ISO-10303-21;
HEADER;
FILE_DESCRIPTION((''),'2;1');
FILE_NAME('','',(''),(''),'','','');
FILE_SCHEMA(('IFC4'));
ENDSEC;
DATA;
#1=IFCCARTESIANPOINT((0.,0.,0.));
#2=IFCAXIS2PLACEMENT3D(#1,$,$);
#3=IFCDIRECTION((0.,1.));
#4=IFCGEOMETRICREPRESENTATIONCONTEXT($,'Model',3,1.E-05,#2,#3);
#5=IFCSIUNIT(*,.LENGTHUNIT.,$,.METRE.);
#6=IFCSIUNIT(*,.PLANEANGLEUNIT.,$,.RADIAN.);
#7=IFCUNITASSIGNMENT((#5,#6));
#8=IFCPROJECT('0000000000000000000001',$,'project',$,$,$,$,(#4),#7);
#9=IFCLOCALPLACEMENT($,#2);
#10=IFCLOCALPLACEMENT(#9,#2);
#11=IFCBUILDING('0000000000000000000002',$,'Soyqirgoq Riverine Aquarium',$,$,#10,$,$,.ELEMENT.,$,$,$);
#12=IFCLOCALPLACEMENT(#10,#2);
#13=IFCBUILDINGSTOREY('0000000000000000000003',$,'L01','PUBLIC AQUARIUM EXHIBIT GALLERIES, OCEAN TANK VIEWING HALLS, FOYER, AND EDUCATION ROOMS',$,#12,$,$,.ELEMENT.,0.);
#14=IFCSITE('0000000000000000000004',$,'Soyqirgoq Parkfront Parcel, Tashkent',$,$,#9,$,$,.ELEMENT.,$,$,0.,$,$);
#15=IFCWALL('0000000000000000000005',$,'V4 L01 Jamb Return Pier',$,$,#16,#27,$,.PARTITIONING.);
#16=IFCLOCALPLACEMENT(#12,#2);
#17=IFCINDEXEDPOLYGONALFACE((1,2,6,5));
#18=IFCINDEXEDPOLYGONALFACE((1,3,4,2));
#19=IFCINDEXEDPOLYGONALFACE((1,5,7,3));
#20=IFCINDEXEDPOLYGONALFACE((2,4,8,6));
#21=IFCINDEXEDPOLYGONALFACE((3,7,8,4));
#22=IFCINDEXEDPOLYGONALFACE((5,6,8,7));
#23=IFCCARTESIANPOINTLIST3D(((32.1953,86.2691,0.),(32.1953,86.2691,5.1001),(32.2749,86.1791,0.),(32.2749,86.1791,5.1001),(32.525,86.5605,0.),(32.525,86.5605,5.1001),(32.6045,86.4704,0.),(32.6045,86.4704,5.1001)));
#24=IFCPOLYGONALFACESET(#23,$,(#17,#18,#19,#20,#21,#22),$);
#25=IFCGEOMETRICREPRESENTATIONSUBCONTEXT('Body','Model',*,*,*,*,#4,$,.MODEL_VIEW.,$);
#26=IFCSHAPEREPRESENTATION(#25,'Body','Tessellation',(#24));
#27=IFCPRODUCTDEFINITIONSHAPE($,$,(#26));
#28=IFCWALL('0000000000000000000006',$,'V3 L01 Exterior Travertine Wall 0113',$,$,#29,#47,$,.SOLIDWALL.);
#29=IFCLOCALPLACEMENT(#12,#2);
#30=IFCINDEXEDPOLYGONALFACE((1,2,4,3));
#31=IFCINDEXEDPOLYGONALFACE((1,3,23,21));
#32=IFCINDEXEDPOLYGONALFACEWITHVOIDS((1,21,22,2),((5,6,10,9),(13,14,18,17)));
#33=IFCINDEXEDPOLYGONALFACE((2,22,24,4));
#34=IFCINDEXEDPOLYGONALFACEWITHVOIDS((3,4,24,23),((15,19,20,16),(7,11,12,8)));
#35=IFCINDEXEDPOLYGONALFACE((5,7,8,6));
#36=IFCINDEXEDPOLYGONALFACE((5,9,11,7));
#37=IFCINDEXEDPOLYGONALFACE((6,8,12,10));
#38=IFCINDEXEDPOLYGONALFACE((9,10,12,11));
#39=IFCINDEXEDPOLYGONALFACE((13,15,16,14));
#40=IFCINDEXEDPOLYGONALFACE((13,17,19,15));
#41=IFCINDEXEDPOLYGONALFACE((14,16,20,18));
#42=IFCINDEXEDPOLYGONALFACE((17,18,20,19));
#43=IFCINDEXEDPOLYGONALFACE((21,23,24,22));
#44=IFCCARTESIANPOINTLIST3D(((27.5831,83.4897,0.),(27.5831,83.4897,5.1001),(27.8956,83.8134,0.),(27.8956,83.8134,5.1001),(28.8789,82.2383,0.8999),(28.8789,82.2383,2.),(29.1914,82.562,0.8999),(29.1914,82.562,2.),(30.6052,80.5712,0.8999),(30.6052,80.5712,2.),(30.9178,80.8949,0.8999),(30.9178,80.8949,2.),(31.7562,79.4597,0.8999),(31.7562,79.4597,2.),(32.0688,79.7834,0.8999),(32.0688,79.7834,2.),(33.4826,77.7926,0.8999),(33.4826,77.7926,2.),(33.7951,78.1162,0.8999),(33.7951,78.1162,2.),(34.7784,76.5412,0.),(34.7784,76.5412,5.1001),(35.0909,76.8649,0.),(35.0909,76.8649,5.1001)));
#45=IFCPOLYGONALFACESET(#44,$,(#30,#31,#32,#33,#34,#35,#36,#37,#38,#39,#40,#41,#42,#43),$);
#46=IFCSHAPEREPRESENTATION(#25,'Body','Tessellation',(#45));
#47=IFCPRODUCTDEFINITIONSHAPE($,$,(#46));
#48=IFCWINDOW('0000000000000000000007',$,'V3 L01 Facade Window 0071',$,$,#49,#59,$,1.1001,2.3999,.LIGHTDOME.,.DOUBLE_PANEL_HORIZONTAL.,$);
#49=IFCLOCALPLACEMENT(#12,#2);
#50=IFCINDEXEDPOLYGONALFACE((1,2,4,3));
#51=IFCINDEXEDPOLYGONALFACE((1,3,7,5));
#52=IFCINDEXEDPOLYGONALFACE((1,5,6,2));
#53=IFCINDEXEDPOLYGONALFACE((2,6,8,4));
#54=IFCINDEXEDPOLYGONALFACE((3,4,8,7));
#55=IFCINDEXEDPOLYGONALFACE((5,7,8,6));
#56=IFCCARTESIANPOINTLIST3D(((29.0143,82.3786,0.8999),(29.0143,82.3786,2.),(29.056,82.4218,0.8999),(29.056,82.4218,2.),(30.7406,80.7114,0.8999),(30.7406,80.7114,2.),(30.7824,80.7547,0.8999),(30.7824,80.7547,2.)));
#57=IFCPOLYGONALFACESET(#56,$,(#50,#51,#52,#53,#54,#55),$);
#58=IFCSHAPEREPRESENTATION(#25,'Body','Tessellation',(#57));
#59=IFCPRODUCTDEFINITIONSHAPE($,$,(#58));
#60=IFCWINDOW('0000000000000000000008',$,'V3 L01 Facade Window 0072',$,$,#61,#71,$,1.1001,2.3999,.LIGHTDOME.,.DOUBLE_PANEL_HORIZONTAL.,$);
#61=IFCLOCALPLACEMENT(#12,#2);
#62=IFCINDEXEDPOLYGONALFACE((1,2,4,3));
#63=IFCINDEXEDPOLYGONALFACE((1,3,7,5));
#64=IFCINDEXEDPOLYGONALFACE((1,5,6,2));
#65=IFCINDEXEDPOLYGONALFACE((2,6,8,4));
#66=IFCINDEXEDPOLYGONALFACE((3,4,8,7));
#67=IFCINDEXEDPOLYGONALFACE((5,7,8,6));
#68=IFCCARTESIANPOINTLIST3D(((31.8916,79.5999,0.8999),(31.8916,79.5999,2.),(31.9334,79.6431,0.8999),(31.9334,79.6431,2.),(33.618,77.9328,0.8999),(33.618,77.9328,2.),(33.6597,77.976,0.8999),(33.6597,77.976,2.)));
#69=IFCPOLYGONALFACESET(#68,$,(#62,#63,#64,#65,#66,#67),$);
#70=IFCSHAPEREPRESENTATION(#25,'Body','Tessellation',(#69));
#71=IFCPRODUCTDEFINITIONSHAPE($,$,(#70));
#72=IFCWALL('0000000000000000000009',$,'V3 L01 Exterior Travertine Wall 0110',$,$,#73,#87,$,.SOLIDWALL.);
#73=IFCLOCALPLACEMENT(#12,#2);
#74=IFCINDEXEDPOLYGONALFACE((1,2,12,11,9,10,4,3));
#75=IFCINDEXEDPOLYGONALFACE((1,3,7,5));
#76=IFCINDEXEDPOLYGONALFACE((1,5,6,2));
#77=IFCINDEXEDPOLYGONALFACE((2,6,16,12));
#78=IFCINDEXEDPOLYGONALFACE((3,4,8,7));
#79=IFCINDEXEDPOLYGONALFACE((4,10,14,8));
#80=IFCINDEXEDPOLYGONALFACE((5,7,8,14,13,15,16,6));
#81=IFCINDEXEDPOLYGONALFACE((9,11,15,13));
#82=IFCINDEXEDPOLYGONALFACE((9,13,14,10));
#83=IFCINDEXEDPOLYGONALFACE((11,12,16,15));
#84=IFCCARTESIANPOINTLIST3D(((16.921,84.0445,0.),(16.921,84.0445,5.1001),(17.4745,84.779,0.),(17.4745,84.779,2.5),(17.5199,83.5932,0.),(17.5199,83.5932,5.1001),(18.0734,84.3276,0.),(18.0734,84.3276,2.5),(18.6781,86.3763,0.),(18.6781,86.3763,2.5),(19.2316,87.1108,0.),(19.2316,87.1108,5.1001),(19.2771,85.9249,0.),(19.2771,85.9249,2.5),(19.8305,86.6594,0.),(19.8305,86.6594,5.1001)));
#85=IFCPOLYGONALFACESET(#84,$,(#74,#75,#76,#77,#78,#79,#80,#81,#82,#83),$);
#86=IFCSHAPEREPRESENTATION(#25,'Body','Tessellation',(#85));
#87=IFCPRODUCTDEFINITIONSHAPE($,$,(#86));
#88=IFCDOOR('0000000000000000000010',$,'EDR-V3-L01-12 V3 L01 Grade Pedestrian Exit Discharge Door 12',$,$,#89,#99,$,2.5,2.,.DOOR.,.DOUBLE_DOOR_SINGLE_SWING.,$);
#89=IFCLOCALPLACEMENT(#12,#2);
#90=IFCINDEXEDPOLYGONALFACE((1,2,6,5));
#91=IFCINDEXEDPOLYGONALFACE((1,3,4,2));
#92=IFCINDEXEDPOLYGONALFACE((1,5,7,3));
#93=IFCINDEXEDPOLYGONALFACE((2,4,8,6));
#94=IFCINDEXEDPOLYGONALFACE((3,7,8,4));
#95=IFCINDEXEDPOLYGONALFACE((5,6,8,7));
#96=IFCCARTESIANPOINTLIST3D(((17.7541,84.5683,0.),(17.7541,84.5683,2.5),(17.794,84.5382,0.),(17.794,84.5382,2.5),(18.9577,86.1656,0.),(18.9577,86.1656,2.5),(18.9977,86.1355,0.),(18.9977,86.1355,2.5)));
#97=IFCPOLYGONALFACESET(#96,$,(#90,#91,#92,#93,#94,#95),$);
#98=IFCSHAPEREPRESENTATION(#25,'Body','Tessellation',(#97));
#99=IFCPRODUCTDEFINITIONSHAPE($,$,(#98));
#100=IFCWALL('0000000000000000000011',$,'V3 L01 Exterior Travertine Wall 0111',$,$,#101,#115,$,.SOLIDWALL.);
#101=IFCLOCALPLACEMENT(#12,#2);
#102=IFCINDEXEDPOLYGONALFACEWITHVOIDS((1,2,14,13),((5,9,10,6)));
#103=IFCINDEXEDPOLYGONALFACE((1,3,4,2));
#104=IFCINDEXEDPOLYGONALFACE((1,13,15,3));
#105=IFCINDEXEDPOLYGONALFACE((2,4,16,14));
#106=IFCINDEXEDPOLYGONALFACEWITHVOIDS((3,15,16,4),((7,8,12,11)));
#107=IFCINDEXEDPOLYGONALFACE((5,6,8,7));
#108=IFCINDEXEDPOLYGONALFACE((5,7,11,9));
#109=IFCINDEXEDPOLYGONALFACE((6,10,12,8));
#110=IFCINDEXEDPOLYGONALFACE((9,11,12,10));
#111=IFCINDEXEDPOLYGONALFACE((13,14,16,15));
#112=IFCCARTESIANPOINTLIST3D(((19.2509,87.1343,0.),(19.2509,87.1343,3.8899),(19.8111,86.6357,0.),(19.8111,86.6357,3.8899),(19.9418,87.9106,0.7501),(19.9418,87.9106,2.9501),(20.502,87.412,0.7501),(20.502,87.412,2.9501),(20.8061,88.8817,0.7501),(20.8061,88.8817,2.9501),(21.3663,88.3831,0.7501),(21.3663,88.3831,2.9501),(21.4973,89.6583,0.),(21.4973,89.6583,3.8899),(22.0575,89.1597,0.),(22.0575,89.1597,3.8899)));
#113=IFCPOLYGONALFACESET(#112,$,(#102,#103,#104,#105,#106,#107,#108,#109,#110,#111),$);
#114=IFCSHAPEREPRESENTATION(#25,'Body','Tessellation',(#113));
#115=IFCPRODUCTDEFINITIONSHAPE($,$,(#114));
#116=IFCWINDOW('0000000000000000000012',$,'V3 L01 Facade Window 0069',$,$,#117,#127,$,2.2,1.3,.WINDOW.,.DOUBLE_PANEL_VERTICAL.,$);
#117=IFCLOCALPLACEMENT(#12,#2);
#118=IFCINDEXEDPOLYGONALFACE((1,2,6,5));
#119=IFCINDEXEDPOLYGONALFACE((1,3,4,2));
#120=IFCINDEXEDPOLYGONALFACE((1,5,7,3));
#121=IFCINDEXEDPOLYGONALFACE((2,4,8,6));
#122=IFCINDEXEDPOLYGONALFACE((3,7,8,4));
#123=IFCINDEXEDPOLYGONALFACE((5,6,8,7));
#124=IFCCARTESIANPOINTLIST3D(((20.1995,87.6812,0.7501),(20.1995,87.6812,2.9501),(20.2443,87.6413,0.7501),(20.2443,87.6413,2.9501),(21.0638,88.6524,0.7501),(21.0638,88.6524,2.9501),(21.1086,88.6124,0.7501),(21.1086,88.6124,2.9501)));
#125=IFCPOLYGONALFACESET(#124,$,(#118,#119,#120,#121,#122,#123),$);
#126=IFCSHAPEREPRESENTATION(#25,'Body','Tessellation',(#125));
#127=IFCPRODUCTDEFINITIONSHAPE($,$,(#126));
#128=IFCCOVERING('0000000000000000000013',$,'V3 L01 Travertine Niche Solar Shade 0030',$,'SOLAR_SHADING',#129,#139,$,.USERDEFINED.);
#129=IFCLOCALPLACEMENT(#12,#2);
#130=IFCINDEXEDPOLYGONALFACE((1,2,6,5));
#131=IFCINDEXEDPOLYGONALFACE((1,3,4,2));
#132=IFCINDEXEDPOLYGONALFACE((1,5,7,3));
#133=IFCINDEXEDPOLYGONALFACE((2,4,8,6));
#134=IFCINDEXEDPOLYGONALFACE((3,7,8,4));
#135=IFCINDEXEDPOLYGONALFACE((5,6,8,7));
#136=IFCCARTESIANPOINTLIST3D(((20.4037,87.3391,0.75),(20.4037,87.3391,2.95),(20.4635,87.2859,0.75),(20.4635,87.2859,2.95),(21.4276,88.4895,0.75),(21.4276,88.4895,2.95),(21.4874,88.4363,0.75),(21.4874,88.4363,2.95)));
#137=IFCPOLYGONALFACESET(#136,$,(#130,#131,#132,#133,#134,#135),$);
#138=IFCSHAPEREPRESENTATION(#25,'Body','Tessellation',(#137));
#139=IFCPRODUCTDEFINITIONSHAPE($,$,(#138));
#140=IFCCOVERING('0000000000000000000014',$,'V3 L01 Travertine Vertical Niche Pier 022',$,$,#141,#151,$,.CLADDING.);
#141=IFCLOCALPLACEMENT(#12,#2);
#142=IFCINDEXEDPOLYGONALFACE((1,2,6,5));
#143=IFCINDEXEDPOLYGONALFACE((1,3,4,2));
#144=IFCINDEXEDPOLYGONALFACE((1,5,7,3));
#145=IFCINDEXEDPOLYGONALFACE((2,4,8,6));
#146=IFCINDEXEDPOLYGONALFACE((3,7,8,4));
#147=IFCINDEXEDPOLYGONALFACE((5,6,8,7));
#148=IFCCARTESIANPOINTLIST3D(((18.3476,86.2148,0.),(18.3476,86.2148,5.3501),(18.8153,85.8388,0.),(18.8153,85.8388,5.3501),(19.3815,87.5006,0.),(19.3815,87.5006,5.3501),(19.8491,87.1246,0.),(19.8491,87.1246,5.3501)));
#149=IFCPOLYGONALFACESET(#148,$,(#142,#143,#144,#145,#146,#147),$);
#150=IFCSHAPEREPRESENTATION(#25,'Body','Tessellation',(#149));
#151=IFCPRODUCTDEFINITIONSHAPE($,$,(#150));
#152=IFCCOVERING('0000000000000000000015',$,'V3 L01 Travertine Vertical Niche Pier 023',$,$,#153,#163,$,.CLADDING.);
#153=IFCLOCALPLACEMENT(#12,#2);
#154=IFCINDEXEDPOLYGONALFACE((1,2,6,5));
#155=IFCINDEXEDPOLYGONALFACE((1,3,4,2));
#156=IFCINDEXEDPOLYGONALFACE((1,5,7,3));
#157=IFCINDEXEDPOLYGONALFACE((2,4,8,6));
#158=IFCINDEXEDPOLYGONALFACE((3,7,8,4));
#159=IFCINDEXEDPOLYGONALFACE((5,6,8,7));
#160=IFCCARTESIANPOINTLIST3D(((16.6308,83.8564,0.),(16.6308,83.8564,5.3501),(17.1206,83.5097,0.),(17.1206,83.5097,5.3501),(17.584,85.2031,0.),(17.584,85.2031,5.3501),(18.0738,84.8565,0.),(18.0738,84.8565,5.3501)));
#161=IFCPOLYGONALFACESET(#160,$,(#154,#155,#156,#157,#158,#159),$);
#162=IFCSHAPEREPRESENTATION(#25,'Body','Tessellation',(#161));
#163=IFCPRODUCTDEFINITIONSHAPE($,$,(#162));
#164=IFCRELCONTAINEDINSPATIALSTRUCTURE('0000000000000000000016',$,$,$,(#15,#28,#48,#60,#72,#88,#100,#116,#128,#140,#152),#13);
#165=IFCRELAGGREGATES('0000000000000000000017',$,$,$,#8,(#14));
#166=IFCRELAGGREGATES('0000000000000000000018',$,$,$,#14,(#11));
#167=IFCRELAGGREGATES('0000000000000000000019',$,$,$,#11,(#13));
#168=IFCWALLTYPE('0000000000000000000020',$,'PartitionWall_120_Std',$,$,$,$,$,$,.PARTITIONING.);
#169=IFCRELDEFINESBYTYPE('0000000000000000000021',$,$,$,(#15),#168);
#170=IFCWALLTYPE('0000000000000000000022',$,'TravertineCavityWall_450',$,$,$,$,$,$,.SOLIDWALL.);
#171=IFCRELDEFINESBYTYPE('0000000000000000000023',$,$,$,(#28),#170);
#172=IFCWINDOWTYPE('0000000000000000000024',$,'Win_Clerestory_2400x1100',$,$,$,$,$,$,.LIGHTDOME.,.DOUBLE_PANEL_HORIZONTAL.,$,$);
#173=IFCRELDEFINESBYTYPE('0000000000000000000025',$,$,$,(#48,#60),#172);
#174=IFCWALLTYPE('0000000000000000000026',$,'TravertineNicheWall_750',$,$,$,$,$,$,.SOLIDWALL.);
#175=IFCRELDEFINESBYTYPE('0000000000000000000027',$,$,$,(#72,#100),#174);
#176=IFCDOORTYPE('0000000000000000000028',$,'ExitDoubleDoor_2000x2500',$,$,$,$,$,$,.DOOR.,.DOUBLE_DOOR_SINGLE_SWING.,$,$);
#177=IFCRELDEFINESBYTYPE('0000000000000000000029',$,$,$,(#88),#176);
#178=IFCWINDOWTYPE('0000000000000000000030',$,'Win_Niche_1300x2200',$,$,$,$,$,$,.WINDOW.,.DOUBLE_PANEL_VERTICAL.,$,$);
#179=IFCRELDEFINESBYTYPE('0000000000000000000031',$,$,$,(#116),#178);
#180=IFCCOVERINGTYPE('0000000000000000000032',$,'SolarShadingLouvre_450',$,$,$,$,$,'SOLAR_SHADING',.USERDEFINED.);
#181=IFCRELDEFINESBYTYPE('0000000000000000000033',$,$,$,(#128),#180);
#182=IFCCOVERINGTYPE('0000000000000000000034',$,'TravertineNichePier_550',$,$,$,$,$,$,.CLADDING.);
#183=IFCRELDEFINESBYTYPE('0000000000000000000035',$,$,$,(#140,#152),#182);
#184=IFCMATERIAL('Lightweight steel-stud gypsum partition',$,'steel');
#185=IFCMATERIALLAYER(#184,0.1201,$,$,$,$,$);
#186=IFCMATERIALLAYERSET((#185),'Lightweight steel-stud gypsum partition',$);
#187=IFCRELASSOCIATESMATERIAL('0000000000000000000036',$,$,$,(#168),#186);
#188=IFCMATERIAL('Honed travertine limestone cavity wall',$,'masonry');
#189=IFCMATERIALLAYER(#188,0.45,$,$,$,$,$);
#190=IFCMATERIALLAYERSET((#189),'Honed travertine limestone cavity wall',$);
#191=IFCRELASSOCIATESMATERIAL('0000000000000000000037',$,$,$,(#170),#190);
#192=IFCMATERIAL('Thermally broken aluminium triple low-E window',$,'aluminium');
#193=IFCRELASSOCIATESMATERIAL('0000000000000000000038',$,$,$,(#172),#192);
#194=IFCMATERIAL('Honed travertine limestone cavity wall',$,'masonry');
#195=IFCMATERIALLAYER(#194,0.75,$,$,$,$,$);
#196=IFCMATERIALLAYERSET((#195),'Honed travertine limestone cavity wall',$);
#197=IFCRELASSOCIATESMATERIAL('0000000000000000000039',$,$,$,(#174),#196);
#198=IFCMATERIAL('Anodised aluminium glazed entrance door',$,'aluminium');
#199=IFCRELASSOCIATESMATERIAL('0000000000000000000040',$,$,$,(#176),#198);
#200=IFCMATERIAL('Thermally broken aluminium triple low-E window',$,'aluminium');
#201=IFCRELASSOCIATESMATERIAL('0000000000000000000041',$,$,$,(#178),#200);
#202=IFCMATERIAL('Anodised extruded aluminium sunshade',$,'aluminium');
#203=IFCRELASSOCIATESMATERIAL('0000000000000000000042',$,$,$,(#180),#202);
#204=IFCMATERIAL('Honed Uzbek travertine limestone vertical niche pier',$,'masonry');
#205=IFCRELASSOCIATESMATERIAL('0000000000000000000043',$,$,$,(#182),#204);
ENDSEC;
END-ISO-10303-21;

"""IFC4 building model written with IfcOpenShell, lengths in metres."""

from ifc_helpers import new_model, si_unit, direction, frame, frame_2d, origin, origin_2d, place, context, subcontext, project, spatial, rectangle, extrude, material, layer, layer_set, type_object, element, fill, save


model = new_model("IFC4")

# Units and contexts
model_context = context("Model", 3, precision=1e-05, world=origin(), true_north=direction((0.0, 1.0)))
body_context = subcontext(model_context, "Body", "Model", "MODEL_VIEW")
ifc_project = project(units=[si_unit("LENGTHUNIT", "METRE"), si_unit("PLANEANGLEUNIT", "RADIAN")], contexts=[model_context])

# Site, building, storey
site_placement = place(None, origin())
site = spatial("IfcSite", under=ifc_project, at=site_placement, Name="Soyqirgoq Parkfront Parcel, Tashkent", CompositionType="ELEMENT", RefElevation=0.0)
building_placement = place(site_placement, origin())
building = spatial("IfcBuilding", under=site, at=building_placement, Name="Soyqirgoq Riverine Aquarium", CompositionType="ELEMENT")
storey_placement = place(building_placement, origin())
storey = spatial("IfcBuildingStorey", under=building, at=storey_placement, Name="L01", Description="PUBLIC AQUARIUM EXHIBIT GALLERIES, OCEAN TANK VIEWING HALLS, FOYER, AND EDUCATION ROOMS", CompositionType="ELEMENT", Elevation=0.0)

# Wall
ifc_material_1 = material(Name="Lightweight steel-stud gypsum partition", Category="steel")
ifc_layer_1 = layer(ifc_material_1, 0.1201)
ifc_layer_set_1 = layer_set([ifc_layer_1], Name="Lightweight steel-stud gypsum partition")
wall_type_1 = type_object("IfcWallType", Name="PartitionWall_120_Std", PredefinedType="PARTITIONING", material=ifc_layer_set_1)
wall_1_placement = place(storey_placement, frame((32.2351, 86.2241, 0.0), z_axis=(0.0, 0.0, 1.0), x_axis=(0.749335, 0.662191, 0.0)))
element("IfcWall", 1, at=wall_1_placement, inside=storey, type_object=wall_type_1, Name="V4 L01 Jamb Return Pier", PredefinedType="PARTITIONING", context=body_context, shape_type="SweptSolid", body=[
    extrude(rectangle(XDim=0.4399, YDim=0.1201, at=frame_2d((0.22, 0.0))), origin(), (0.0, 0.0, 1.0), 5.1001),
])

# Wall, openings, windows
ifc_material_2 = material(Name="Honed travertine limestone cavity wall", Category="masonry")
ifc_layer_2 = layer(ifc_material_2, 0.45)
ifc_layer_set_2 = layer_set([ifc_layer_2], Name="Honed travertine limestone cavity wall")
wall_type_2 = type_object("IfcWallType", Name="TravertineCavityWall_450", PredefinedType="SOLIDWALL", material=ifc_layer_set_2)
wall_2_placement = place(storey_placement, frame((27.7393, 83.6516, 0.0), z_axis=(0.0, 0.0, 1.0), x_axis=(0.719337, -0.694661, 0.0)))
wall_2 = element("IfcWall", 2, at=wall_2_placement, inside=storey, type_object=wall_type_2, Name="V3 L01 Exterior Travertine Wall 0113", PredefinedType="SOLIDWALL", context=body_context, shape_type="SweptSolid", body=[
    extrude(rectangle(XDim=10.0027, YDim=0.45, at=frame_2d((5.0015, 0.0))), origin(), (0.0, 0.0, 1.0), 5.1001),
])
opening_1_placement = place(wall_2_placement, frame((1.8015, 0.0, 0.8999)))
opening_1 = element("IfcOpeningElement", 3, at=opening_1_placement, cuts=wall_2, PredefinedType="OPENING", context=body_context, shape_type="SweptSolid", body=[
    extrude(rectangle(XDim=2.3999, YDim=1.1001, at=frame_2d((1.2, 0.55))), frame((0.0, 0.2349, 0.0), z_axis=(0.0, -1.0, 0.0), x_axis=(1.0, 0.0, 0.0)), (0.0, 0.0, 1.0), 0.47),
])
opening_2_placement = place(wall_2_placement, frame((5.8015, 0.0, 0.8999)))
opening_2 = element("IfcOpeningElement", 4, at=opening_2_placement, cuts=wall_2, PredefinedType="OPENING", context=body_context, shape_type="SweptSolid", body=[
    extrude(rectangle(XDim=2.3999, YDim=1.1001, at=frame_2d((1.2, 0.55))), frame((0.0, 0.2349, 0.0), z_axis=(0.0, -1.0, 0.0), x_axis=(1.0, 0.0, 0.0)), (0.0, 0.0, 1.0), 0.47),
])
ifc_material_3 = material(Name="Thermally broken aluminium triple low-E window", Category="aluminium")
window_type_1 = type_object("IfcWindowType", Name="Win_Clerestory_2400x1100", PartitioningType="DOUBLE_PANEL_HORIZONTAL", PredefinedType="LIGHTDOME", material=ifc_material_3)
window_1_placement = place(opening_1_placement, origin())
window_1 = element("IfcWindow", 5, at=window_1_placement, inside=storey, type_object=window_type_1, Name="V3 L01 Facade Window 0071", OverallHeight=1.1001, OverallWidth=2.3999, PartitioningType="DOUBLE_PANEL_HORIZONTAL", PredefinedType="LIGHTDOME", context=body_context, shape_type="SweptSolid", body=[
    extrude(rectangle(XDim=2.3999, YDim=1.1001, at=frame_2d((1.2, 0.55))), frame((0.0, 0.03, 0.0), z_axis=(0.0, -1.0, 0.0), x_axis=(1.0, 0.0, 0.0)), (0.0, 0.0, 1.0), 0.0601),
])
fill(opening_1, window_1)
window_2_placement = place(opening_2_placement, origin())
window_2 = element("IfcWindow", 6, at=window_2_placement, inside=storey, type_object=window_type_1, Name="V3 L01 Facade Window 0072", OverallHeight=1.1001, OverallWidth=2.3999, PartitioningType="DOUBLE_PANEL_HORIZONTAL", PredefinedType="LIGHTDOME", context=body_context, shape_type="SweptSolid", body=[
    extrude(rectangle(XDim=2.3999, YDim=1.1001, at=frame_2d((1.2, 0.55))), frame((0.0, 0.03, 0.0), z_axis=(0.0, -1.0, 0.0), x_axis=(1.0, 0.0, 0.0)), (0.0, 0.0, 1.0), 0.0601),
])
fill(opening_2, window_2)

# Wall, opening, door
ifc_material_4 = material(Name="Honed travertine limestone cavity wall", Category="masonry")
ifc_layer_3 = layer(ifc_material_4, 0.75)
ifc_layer_set_3 = layer_set([ifc_layer_3], Name="Honed travertine limestone cavity wall")
wall_type_3 = type_object("IfcWallType", Name="TravertineNicheWall_750", PredefinedType="SOLIDWALL", material=ifc_layer_set_3)
wall_3_placement = place(storey_placement, frame((17.2205, 83.8188, 0.0), z_axis=(0.0, 0.0, 1.0), x_axis=(0.60182, 0.798632, 0.0)))
wall_3 = element("IfcWall", 7, at=wall_3_placement, inside=storey, type_object=wall_type_3, Name="V3 L01 Exterior Travertine Wall 0110", PredefinedType="SOLIDWALL", context=body_context, shape_type="SweptSolid", body=[
    extrude(rectangle(XDim=3.8394, YDim=0.75, at=frame_2d((1.9197, 0.0))), origin(), (0.0, 0.0, 1.0), 5.1001),
])
opening_3_placement = place(wall_3_placement, frame((0.9197, 0.0, 0.0)))
opening_3 = element("IfcOpeningElement", 8, at=opening_3_placement, cuts=wall_3, PredefinedType="OPENING", context=body_context, shape_type="SweptSolid", body=[
    extrude(rectangle(XDim=2.0, YDim=2.5, at=frame_2d((1.0, 1.25))), frame((0.0, 0.385, 0.0), z_axis=(0.0, -1.0, 0.0), x_axis=(1.0, 0.0, 0.0)), (0.0, 0.0, 1.0), 0.77),
])
ifc_material_5 = material(Name="Anodised aluminium glazed entrance door", Category="aluminium")
door_type = type_object("IfcDoorType", Name="ExitDoubleDoor_2000x2500", OperationType="DOUBLE_DOOR_SINGLE_SWING", PredefinedType="DOOR", material=ifc_material_5)
door_placement = place(opening_3_placement, origin())
door = element("IfcDoor", 9, at=door_placement, inside=storey, type_object=door_type, Name="EDR-V3-L01-12 V3 L01 Grade Pedestrian Exit Discharge Door 12", OperationType="DOUBLE_DOOR_SINGLE_SWING", OverallHeight=2.5, OverallWidth=2.0, PredefinedType="DOOR", context=body_context, shape_type="SweptSolid", body=[
    extrude(rectangle(XDim=2.0, YDim=2.5, at=frame_2d((1.0, 1.25))), frame((0.0, 0.0249, 0.0), z_axis=(0.0, -1.0, 0.0), x_axis=(1.0, 0.0, 0.0)), (0.0, 0.0, 1.0), 0.05),
])
fill(opening_3, door)

# Wall, opening, window
wall_4_placement = place(storey_placement, frame((19.531, 86.885, 0.0), z_axis=(0.0, 0.0, 1.0), x_axis=(0.664835, 0.746991, 0.0)))
wall_4 = element("IfcWall", 10, at=wall_4_placement, inside=storey, type_object=wall_type_3, Name="V3 L01 Exterior Travertine Wall 0111", PredefinedType="SOLIDWALL", context=body_context, shape_type="SweptSolid", body=[
    extrude(rectangle(XDim=3.3789, YDim=0.75, at=frame_2d((1.6895, 0.0))), origin(), (0.0, 0.0, 1.0), 3.8899),
])
opening_4_placement = place(wall_4_placement, frame((1.0393, 0.0, 0.75)))
opening_4 = element("IfcOpeningElement", 11, at=opening_4_placement, cuts=wall_4, PredefinedType="OPENING", context=body_context, shape_type="SweptSolid", body=[
    extrude(rectangle(XDim=1.3, YDim=2.2, at=frame_2d((0.6499, 1.1001))), frame((0.0, 0.385, 0.0), z_axis=(0.0, -1.0, 0.0), x_axis=(1.0, 0.0, 0.0)), (0.0, 0.0, 1.0), 0.77),
])
ifc_material_6 = material(Name="Thermally broken aluminium triple low-E window", Category="aluminium")
window_type_2 = type_object("IfcWindowType", Name="Win_Niche_1300x2200", PartitioningType="DOUBLE_PANEL_VERTICAL", PredefinedType="WINDOW", material=ifc_material_6)
window_3_placement = place(opening_4_placement, origin())
window_3 = element("IfcWindow", 12, at=window_3_placement, inside=storey, type_object=window_type_2, Name="V3 L01 Facade Window 0069", OverallHeight=2.2, OverallWidth=1.3, PartitioningType="DOUBLE_PANEL_VERTICAL", PredefinedType="WINDOW", context=body_context, shape_type="SweptSolid", body=[
    extrude(rectangle(XDim=1.3, YDim=2.2, at=frame_2d((0.6499, 1.1001))), frame((0.0, 0.03, 0.0), z_axis=(0.0, -1.0, 0.0), x_axis=(1.0, 0.0, 0.0)), (0.0, 0.0, 1.0), 0.0601),
])
fill(opening_4, window_3)

# Coverings
ifc_material_7 = material(Name="Anodised extruded aluminium sunshade", Category="aluminium")
covering_type_1 = type_object("IfcCoveringType", Name="SolarShadingLouvre_450", ElementType="SOLAR_SHADING", PredefinedType="USERDEFINED", material=ifc_material_7)
covering_placement = place(storey_placement, frame((20.9456, 87.8877, 0.75), z_axis=(0.0, 0.0, 1.0), x_axis=(0.664839, 0.746986, 0.0)))
element("IfcCovering", 13, at=covering_placement, inside=storey, type_object=covering_type_1, Name="V3 L01 Travertine Niche Solar Shade 0030", ObjectType="SOLAR_SHADING", PredefinedType="USERDEFINED", context=body_context, shape_type="SweptSolid", body=[
    extrude(rectangle(XDim=1.54, YDim=0.0801, at=origin_2d()), origin(), (0.0, 0.0, 1.0), 2.2),
])
ifc_material_8 = material(Name="Honed Uzbek travertine limestone vertical niche pier", Category="masonry")
covering_type_2 = type_object("IfcCoveringType", Name="TravertineNichePier_550", PredefinedType="CLADDING", material=ifc_material_8)
for number, where, z_axis, x_axis, name in (
    (14, (19.0984, 86.6697, 0.0), (0.0, 0.0, 1.0), (-0.779338, 0.626604, 0.0), "V3 L01 Travertine Vertical Niche Pier 022"),
    (15, (17.3523, 84.3564, 0.0), (0.0, 0.0, 1.0), (-0.816238, 0.577715, 0.0), "V3 L01 Travertine Vertical Niche Pier 023"),
):
    element("IfcCovering", number, at=place(storey_placement, frame(where, z_axis=z_axis, x_axis=x_axis)), inside=storey, type_object=covering_type_2, Name=name, PredefinedType="CLADDING", context=body_context, shape_type="SweptSolid", body=[
        extrude(rectangle(XDim=0.6001, YDim=1.6499, at=origin_2d()), origin(), (0.0, 0.0, 1.0), 5.3501),
    ])

save(model, "model.ifc")
